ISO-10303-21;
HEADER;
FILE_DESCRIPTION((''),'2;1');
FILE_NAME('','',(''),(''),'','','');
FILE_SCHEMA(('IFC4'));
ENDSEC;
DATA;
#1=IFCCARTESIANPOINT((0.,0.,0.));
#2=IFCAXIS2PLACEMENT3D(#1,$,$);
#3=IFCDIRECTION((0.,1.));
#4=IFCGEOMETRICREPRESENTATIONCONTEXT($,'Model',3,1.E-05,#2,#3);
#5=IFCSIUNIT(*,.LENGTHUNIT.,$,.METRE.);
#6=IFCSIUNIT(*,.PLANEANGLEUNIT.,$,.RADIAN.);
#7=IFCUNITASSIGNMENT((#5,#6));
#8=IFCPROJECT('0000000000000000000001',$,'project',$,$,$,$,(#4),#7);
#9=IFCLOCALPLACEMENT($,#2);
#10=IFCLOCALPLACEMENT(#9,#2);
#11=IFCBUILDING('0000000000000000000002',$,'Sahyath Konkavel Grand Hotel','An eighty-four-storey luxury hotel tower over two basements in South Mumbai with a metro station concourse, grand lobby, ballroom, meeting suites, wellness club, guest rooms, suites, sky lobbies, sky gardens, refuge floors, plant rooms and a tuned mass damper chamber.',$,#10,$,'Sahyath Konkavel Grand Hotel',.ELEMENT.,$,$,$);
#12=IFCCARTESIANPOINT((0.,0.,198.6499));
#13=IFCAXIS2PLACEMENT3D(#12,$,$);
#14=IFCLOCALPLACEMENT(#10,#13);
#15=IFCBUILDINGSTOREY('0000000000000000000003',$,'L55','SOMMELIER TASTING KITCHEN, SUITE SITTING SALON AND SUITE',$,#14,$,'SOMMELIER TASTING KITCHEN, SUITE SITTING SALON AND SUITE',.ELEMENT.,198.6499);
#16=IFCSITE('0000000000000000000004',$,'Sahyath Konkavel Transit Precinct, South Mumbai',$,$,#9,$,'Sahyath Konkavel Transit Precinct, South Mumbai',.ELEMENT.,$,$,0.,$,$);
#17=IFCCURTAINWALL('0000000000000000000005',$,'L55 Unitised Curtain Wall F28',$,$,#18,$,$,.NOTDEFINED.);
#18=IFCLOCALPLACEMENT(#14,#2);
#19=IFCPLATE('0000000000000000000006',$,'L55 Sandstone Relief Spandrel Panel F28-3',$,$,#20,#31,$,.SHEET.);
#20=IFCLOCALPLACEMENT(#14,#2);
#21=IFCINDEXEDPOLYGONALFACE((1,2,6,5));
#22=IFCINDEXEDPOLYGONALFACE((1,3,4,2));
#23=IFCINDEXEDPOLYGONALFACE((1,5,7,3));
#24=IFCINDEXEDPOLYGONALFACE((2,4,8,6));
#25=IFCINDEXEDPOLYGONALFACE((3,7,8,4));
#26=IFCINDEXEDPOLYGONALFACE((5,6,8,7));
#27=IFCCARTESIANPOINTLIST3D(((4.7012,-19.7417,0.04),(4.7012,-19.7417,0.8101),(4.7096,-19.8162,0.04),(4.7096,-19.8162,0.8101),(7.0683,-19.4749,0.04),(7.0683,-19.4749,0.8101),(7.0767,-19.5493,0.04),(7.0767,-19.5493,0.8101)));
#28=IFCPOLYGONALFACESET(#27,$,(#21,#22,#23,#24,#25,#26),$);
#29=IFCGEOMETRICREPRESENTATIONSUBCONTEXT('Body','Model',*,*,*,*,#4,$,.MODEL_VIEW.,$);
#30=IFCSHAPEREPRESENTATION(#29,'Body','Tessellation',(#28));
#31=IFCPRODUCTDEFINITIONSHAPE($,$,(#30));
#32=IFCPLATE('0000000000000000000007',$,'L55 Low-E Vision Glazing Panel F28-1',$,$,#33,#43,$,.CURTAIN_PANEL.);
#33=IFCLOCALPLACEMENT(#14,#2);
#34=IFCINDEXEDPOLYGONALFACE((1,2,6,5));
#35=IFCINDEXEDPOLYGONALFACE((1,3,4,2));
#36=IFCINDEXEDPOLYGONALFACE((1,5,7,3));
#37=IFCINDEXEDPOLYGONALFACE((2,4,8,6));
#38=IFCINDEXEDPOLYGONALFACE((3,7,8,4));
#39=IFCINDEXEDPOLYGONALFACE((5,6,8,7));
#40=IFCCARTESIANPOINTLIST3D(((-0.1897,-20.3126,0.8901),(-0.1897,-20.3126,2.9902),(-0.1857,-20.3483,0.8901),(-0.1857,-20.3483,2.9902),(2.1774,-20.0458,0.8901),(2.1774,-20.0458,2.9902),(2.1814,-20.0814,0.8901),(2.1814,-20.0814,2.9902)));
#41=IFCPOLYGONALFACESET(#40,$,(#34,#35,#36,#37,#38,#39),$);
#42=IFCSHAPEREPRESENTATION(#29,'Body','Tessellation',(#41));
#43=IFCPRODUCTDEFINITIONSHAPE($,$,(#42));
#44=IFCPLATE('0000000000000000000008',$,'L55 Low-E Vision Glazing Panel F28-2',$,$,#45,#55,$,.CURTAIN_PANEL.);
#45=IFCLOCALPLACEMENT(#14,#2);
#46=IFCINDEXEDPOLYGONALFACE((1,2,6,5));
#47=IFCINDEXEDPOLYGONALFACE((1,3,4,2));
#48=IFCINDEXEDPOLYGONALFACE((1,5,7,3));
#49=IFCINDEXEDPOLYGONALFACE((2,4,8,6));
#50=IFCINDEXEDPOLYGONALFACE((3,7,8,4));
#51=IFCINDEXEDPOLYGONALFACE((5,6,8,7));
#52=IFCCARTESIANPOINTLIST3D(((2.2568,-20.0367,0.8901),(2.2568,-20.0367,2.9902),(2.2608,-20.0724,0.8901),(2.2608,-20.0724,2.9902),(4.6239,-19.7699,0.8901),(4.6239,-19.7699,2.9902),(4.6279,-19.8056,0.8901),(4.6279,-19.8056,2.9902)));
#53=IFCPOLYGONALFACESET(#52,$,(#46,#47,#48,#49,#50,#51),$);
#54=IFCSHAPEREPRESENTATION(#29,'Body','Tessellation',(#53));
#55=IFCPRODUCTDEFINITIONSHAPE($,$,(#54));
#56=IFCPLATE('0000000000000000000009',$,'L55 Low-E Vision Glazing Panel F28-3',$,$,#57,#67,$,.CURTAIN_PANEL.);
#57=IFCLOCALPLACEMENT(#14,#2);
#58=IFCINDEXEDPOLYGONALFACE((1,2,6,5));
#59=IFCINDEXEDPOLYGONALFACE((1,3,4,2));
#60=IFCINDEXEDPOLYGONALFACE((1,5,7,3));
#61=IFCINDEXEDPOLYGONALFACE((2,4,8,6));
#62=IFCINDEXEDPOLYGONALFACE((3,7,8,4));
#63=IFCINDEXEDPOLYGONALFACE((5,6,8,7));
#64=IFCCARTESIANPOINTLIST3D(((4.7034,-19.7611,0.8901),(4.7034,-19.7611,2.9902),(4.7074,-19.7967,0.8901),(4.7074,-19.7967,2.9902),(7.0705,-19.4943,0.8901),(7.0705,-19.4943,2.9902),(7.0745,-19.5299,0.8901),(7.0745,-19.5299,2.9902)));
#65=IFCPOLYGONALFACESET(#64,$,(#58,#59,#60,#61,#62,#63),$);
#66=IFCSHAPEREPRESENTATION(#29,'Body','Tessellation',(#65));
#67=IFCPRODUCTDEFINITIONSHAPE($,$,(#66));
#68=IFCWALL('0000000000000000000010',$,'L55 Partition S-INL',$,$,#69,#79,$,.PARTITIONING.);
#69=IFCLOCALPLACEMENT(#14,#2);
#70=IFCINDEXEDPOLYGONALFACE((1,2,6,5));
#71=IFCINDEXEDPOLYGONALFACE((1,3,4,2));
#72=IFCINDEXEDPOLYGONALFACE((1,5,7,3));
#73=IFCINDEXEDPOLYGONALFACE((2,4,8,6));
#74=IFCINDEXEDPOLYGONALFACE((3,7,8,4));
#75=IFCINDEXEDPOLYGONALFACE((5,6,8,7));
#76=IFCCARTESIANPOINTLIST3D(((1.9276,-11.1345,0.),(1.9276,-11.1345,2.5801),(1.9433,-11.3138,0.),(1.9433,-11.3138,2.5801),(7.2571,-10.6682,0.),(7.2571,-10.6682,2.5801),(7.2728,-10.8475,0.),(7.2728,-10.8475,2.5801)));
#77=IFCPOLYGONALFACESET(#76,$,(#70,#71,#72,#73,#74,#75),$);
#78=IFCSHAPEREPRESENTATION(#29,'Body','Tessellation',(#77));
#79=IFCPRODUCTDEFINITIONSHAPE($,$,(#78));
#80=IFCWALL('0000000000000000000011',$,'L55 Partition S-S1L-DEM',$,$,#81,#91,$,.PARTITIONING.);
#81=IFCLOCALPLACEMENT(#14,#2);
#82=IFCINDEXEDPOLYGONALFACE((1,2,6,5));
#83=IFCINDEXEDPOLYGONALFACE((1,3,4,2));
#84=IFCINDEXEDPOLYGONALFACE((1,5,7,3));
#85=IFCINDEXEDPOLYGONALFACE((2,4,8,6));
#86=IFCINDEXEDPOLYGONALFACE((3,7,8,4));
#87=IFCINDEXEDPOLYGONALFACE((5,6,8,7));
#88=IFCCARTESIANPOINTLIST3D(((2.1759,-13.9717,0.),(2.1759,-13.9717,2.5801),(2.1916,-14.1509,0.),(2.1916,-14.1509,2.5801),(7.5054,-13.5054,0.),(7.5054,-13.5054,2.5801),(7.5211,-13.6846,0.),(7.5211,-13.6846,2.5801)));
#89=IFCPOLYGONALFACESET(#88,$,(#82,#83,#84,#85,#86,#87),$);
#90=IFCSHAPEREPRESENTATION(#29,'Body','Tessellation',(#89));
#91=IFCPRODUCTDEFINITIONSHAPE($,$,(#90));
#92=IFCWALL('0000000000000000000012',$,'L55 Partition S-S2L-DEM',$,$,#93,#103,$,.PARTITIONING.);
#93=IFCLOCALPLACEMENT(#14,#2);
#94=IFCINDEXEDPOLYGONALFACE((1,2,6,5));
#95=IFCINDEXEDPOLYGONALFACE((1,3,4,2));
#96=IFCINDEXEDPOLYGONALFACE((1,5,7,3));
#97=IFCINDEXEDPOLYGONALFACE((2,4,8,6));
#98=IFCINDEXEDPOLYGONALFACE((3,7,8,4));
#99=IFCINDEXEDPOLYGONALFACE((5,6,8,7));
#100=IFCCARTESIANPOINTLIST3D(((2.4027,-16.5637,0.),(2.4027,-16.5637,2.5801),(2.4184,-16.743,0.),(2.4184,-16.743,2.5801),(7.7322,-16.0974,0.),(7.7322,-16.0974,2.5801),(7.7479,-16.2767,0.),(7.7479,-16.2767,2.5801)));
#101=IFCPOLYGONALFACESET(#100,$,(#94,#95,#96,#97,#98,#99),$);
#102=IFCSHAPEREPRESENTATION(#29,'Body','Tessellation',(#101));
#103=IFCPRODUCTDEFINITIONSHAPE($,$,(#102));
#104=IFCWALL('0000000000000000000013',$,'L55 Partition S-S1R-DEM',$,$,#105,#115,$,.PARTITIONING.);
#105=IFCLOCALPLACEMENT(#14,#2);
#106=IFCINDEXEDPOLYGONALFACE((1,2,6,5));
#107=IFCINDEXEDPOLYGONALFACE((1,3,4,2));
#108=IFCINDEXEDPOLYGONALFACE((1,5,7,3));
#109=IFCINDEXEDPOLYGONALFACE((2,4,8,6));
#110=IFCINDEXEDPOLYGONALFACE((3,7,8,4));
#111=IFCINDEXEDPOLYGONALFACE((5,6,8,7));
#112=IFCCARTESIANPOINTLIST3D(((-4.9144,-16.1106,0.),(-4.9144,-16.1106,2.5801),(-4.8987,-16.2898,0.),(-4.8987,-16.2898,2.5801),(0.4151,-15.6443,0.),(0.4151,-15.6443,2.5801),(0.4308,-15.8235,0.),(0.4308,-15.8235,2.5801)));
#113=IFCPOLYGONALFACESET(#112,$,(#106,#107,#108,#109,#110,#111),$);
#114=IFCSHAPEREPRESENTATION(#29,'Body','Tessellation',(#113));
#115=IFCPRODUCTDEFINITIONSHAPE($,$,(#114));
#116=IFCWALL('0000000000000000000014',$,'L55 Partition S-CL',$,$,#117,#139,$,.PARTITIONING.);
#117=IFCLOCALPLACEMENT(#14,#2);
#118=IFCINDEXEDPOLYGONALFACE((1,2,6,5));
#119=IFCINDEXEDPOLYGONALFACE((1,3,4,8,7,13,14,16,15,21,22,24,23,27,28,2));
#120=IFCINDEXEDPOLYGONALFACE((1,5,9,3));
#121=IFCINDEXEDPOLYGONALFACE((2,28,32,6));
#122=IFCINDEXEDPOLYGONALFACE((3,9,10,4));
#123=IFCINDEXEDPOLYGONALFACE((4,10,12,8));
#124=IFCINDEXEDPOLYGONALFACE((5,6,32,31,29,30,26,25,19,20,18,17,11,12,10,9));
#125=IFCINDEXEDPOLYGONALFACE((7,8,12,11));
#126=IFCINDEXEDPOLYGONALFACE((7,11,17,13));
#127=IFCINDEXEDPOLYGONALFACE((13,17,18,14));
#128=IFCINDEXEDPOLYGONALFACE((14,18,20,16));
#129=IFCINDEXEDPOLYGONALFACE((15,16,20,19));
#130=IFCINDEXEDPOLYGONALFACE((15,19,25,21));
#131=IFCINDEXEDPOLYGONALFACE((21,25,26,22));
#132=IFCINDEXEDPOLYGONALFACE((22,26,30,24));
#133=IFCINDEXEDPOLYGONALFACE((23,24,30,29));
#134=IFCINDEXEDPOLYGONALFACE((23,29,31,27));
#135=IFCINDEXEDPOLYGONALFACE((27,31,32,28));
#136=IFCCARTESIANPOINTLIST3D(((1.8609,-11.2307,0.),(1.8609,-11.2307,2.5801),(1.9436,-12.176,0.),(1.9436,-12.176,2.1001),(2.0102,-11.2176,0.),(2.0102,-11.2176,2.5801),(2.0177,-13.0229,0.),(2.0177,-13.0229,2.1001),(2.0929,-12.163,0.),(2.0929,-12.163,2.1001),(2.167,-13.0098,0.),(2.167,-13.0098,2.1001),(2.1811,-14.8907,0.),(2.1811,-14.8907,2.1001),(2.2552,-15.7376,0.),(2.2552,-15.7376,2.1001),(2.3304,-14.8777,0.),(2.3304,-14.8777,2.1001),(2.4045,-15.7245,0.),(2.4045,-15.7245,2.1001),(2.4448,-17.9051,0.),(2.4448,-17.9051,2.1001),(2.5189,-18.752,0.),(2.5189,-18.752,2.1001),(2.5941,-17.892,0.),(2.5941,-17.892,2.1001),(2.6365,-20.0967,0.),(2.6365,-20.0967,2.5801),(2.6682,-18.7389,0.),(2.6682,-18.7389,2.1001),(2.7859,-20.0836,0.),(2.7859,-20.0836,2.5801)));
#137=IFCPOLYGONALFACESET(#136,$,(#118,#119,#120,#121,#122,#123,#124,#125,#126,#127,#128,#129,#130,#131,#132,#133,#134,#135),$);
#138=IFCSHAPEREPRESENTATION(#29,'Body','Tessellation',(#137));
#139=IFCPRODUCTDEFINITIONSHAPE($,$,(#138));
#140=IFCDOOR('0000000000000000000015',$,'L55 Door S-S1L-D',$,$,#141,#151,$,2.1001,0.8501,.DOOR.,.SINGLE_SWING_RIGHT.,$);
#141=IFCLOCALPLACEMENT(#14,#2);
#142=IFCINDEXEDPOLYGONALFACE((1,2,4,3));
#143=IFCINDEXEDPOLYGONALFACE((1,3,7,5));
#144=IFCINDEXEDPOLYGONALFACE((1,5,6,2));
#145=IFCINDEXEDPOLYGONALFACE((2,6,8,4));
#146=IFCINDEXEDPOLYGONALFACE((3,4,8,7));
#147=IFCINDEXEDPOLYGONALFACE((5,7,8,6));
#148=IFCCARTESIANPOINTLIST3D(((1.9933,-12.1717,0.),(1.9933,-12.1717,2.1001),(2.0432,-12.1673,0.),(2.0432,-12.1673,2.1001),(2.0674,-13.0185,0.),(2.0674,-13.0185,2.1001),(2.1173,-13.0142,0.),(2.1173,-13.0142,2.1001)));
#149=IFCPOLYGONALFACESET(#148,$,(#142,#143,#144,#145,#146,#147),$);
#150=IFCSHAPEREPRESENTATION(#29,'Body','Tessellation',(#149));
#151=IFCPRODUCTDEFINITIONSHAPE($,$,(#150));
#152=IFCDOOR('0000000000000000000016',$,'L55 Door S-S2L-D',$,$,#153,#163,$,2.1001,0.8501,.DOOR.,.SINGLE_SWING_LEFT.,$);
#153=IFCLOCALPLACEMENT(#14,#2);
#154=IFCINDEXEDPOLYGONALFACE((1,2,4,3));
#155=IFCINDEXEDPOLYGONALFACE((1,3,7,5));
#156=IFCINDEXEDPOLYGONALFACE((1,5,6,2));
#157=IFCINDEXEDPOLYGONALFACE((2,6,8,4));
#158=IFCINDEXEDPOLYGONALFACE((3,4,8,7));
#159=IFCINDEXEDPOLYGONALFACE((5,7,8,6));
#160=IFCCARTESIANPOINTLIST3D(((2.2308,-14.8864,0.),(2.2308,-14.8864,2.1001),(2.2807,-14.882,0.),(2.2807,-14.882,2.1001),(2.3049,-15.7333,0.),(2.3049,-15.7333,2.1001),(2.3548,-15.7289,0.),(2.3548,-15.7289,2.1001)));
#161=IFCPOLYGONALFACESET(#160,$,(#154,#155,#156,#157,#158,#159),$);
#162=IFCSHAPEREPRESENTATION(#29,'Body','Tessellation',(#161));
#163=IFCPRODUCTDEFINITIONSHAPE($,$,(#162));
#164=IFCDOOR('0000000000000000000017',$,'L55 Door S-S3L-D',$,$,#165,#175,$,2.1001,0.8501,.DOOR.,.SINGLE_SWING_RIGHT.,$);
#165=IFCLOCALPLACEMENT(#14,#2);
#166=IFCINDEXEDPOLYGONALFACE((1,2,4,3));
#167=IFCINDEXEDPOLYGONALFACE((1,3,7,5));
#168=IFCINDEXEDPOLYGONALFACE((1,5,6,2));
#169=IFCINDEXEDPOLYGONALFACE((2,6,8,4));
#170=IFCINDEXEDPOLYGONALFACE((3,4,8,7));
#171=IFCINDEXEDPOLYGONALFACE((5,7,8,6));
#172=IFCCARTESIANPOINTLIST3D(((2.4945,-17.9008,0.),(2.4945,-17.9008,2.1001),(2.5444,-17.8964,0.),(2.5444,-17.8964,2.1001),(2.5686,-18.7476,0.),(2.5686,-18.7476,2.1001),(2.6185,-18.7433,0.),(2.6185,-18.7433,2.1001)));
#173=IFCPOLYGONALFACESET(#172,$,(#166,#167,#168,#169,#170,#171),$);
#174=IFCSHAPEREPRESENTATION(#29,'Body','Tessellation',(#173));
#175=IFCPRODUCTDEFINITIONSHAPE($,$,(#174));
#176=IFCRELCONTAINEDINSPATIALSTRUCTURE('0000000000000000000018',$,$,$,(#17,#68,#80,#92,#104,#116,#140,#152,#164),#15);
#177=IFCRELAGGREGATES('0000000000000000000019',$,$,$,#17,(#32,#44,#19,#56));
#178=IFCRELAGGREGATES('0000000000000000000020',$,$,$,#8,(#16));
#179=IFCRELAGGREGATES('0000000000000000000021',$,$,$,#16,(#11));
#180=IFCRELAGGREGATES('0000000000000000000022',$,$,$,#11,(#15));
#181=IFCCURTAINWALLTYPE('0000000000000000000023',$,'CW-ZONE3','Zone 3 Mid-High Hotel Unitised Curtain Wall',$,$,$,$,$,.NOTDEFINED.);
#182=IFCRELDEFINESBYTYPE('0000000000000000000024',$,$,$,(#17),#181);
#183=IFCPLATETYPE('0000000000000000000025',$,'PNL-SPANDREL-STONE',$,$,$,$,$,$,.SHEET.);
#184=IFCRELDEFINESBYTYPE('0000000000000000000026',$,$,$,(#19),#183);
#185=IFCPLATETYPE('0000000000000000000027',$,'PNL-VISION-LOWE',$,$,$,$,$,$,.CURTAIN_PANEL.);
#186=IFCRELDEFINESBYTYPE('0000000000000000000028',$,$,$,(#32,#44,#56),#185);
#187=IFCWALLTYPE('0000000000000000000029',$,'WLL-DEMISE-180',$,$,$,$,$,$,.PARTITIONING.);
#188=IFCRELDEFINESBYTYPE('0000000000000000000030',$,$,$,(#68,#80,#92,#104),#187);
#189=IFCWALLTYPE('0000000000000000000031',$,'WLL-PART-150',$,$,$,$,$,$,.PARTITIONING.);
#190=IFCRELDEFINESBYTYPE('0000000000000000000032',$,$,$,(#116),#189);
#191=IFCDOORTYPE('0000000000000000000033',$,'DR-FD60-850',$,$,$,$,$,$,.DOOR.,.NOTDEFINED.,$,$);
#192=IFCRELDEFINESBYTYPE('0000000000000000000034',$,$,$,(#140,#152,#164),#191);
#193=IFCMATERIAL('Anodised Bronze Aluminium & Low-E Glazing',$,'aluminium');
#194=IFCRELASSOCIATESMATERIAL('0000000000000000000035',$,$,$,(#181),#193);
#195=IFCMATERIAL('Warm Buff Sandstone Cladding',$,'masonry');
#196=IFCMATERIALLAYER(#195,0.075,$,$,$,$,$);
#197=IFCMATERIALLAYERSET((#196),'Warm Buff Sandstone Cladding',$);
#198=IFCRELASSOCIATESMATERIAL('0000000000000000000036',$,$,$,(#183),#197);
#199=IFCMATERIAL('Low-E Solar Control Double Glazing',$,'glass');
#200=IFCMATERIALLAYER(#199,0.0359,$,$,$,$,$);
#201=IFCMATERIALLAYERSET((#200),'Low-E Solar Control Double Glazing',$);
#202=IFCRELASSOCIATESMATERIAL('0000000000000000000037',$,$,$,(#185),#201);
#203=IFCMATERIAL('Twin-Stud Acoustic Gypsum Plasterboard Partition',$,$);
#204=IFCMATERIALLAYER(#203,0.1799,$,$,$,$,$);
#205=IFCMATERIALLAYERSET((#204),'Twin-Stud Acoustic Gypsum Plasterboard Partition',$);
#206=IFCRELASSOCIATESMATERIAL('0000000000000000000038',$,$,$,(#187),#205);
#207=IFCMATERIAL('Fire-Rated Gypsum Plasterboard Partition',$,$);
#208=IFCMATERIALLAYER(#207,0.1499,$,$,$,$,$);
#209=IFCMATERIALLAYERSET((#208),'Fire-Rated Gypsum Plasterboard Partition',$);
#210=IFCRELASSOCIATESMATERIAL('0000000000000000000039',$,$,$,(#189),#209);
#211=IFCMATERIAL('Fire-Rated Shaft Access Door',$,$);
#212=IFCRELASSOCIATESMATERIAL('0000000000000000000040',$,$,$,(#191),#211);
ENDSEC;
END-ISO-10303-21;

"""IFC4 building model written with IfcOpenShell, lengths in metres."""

from ifc_helpers import new_model, si_unit, direction, frame, frame_2d, origin, origin_2d, place, context, subcontext, project, spatial, rectangle, extrude, source, transform, mapped, material, layer, layer_set, type_object, element, fill, aggregate, save


model = new_model("IFC4")

# Units and contexts
model_context = context("Model", 3, precision=1e-05, world=origin(), true_north=direction((0.0, 1.0)))
body_context = subcontext(model_context, "Body", "Model", "MODEL_VIEW")
ifc_project = project(units=[si_unit("LENGTHUNIT", "METRE"), si_unit("PLANEANGLEUNIT", "RADIAN")], contexts=[model_context])

# Site, building, storey
site_placement = place(None, origin())
site = spatial("IfcSite", under=ifc_project, at=site_placement, Name="Sahyath Konkavel Transit Precinct, South Mumbai", LongName="Sahyath Konkavel Transit Precinct, South Mumbai", CompositionType="ELEMENT", RefElevation=0.0)
building_placement = place(site_placement, origin())
building = spatial("IfcBuilding", under=site, at=building_placement, Name="Sahyath Konkavel Grand Hotel", Description="An eighty-four-storey luxury hotel tower over two basements in South Mumbai with a metro station concourse, grand lobby, ballroom, meeting suites, wellness club, guest rooms, suites, sky lobbies, sky gardens, refuge floors, plant rooms and a tuned mass damper chamber.", LongName="Sahyath Konkavel Grand Hotel", CompositionType="ELEMENT")
storey_placement = place(building_placement, frame((0.0, 0.0, 198.6499)))
storey = spatial("IfcBuildingStorey", under=building, at=storey_placement, Name="L55", Description="SOMMELIER TASTING KITCHEN, SUITE SITTING SALON AND SUITE", LongName="SOMMELIER TASTING KITCHEN, SUITE SITTING SALON AND SUITE", CompositionType="ELEMENT", Elevation=198.6499)

# Curtain wall
ifc_material_1 = material(Name="Anodised Bronze Aluminium & Low-E Glazing", Category="aluminium")
curtain_wall_type = type_object("IfcCurtainWallType", Name="CW-ZONE3", Description="Zone 3 Mid-High Hotel Unitised Curtain Wall", PredefinedType="NOTDEFINED", material=ifc_material_1)
curtain_wall_placement = place(storey_placement, origin())
curtain_wall = element("IfcCurtainWall", 1, at=curtain_wall_placement, inside=storey, type_object=curtain_wall_type, Name="L55 Unitised Curtain Wall F28", PredefinedType="NOTDEFINED")

# Plates
ifc_material_2 = material(Name="Warm Buff Sandstone Cladding", Category="masonry")
ifc_layer_1 = layer(ifc_material_2, 0.075)
ifc_layer_set_1 = layer_set([ifc_layer_1], Name="Warm Buff Sandstone Cladding")
plate_type_1 = type_object("IfcPlateType", Name="PNL-SPANDREL-STONE", PredefinedType="SHEET", material=ifc_layer_set_1)
shared_shape_1 = source(origin(), body_context, "Body", "SweptSolid", [
    extrude(rectangle(XDim=2.3821, YDim=0.075, at=origin_2d()), origin(), (0.0, 0.0, 1.0), 0.77),
])
plate_1_placement = place(storey_placement, frame((5.8889, -19.6455, 0.04), z_axis=(0.0, 0.0, 1.0), x_axis=(0.993707, 0.112007, 0.0)))
plate_1 = element("IfcPlate", 2, at=plate_1_placement, type_object=plate_type_1, Name="L55 Sandstone Relief Spandrel Panel F28-3", PredefinedType="SHEET", context=body_context, shape_type="MappedRepresentation", body=[
    mapped(shared_shape_1, transform((0.0, 0.0, 0.0), scale=1.0)),
])
ifc_material_3 = material(Name="Low-E Solar Control Double Glazing", Category="glass")
ifc_layer_2 = layer(ifc_material_3, 0.0359)
ifc_layer_set_2 = layer_set([ifc_layer_2], Name="Low-E Solar Control Double Glazing")
plate_type_2 = type_object("IfcPlateType", Name="PNL-VISION-LOWE", PredefinedType="CURTAIN_PANEL", material=ifc_layer_set_2)
shared_shape_2 = source(origin(), body_context, "Body", "SweptSolid", [
    extrude(rectangle(XDim=2.3821, YDim=0.0359, at=origin_2d()), origin(), (0.0, 0.0, 1.0), 2.1001),
])
plate_2_placement = place(storey_placement, frame((0.9958, -20.197, 0.8901), z_axis=(0.0, 0.0, 1.0), x_axis=(0.993707, 0.112007, 0.0)))
plate_2 = element("IfcPlate", 3, at=plate_2_placement, type_object=plate_type_2, Name="L55 Low-E Vision Glazing Panel F28-1", PredefinedType="CURTAIN_PANEL", context=body_context, shape_type="MappedRepresentation", body=[
    mapped(shared_shape_2, transform((0.0, 0.0, 0.0), scale=1.0)),
])
plate_3_placement = place(storey_placement, frame((3.4424, -19.9211, 0.8901), z_axis=(0.0, 0.0, 1.0), x_axis=(0.993707, 0.112007, 0.0)))
plate_3 = element("IfcPlate", 4, at=plate_3_placement, type_object=plate_type_2, Name="L55 Low-E Vision Glazing Panel F28-2", PredefinedType="CURTAIN_PANEL", context=body_context, shape_type="MappedRepresentation", body=[
    mapped(shared_shape_2, transform((0.0, 0.0, 0.0), scale=1.0)),
])
plate_4_placement = place(storey_placement, frame((5.8889, -19.6455, 0.8901), z_axis=(0.0, 0.0, 1.0), x_axis=(0.993707, 0.112007, 0.0)))
plate_4 = element("IfcPlate", 5, at=plate_4_placement, type_object=plate_type_2, Name="L55 Low-E Vision Glazing Panel F28-3", PredefinedType="CURTAIN_PANEL", context=body_context, shape_type="MappedRepresentation", body=[
    mapped(shared_shape_2, transform((0.0, 0.0, 0.0), scale=1.0)),
])
aggregate(curtain_wall, [plate_2, plate_3, plate_1, plate_4])

# Walls
ifc_material_4 = material(Name="Twin-Stud Acoustic Gypsum Plasterboard Partition")
ifc_layer_3 = layer(ifc_material_4, 0.1799)
ifc_layer_set_3 = layer_set([ifc_layer_3], Name="Twin-Stud Acoustic Gypsum Plasterboard Partition")
wall_type_1 = type_object("IfcWallType", Name="WLL-DEMISE-180", PredefinedType="PARTITIONING", material=ifc_layer_set_3)
for number, where, z_axis, x_axis, name in (
    (6, (1.9355, -11.2241, 0.0), (0.0, 0.0, 1.0), (0.996194, 0.087161, 0.0), "L55 Partition S-INL"),
    (7, (2.1838, -14.0613, 0.0), (0.0, 0.0, 1.0), (0.996194, 0.087161, 0.0), "L55 Partition S-S1L-DEM"),
    (8, (2.4106, -16.6533, 0.0), (0.0, 0.0, 1.0), (0.996194, 0.087161, 0.0), "L55 Partition S-S2L-DEM"),
    (9, (0.4229, -15.7339, 0.0), (0.0, 0.0, 1.0), (-0.996194, -0.087161, 0.0), "L55 Partition S-S1R-DEM"),
):
    element("IfcWall", number, at=place(storey_placement, frame(where, z_axis=z_axis, x_axis=x_axis)), inside=storey, type_object=wall_type_1, Name=name, PredefinedType="PARTITIONING", context=body_context, shape_type="SweptSolid", body=[
        extrude(rectangle(XDim=5.3499, YDim=0.1799, at=frame_2d((2.6748, 0.0))), origin(), (0.0, 0.0, 1.0), 2.5801),
    ])

# Wall, openings, doors
ifc_material_5 = material(Name="Fire-Rated Gypsum Plasterboard Partition")
ifc_layer_4 = layer(ifc_material_5, 0.1499)
ifc_layer_set_4 = layer_set([ifc_layer_4], Name="Fire-Rated Gypsum Plasterboard Partition")
wall_type_2 = type_object("IfcWallType", Name="WLL-PART-150", PredefinedType="PARTITIONING", material=ifc_layer_set_4)
wall_1_placement = place(storey_placement, frame((1.9355, -11.2241, 0.0), z_axis=(0.0, 0.0, 1.0), x_axis=(0.087152, -0.996195, 0.0)))
wall_1 = element("IfcWall", 10, at=wall_1_placement, inside=storey, type_object=wall_type_2, Name="L55 Partition S-CL", PredefinedType="PARTITIONING", context=body_context, shape_type="SweptSolid", body=[
    extrude(rectangle(XDim=8.8999, YDim=0.1499, at=frame_2d((4.45, 0.0))), origin(), (0.0, 0.0, 1.0), 2.5801),
])
opening_1_placement = place(wall_1_placement, frame((0.949, 0.0, 0.0)))
opening_1 = element("IfcOpeningElement", 11, at=opening_1_placement, cuts=wall_1, PredefinedType="OPENING", context=body_context, shape_type="SweptSolid", body=[
    extrude(rectangle(XDim=0.8501, YDim=2.1001, at=frame_2d((0.425, 1.05))), frame((0.0, 0.085, 0.0), z_axis=(0.0, -1.0, 0.0), x_axis=(1.0, 0.0, 0.0)), (0.0, 0.0, 1.0), 0.1699),
])
opening_2_placement = place(wall_1_placement, frame((3.6741, 0.0, 0.0)))
opening_2 = element("IfcOpeningElement", 12, at=opening_2_placement, cuts=wall_1, PredefinedType="OPENING", context=body_context, shape_type="SweptSolid", body=[
    extrude(rectangle(XDim=0.8501, YDim=2.1001, at=frame_2d((0.425, 1.05))), frame((0.0, 0.085, 0.0), z_axis=(0.0, -1.0, 0.0), x_axis=(1.0, 0.0, 0.0)), (0.0, 0.0, 1.0), 0.1699),
])
opening_3_placement = place(wall_1_placement, frame((6.7, 0.0, 0.0)))
opening_3 = element("IfcOpeningElement", 13, at=opening_3_placement, cuts=wall_1, PredefinedType="OPENING", context=body_context, shape_type="SweptSolid", body=[
    extrude(rectangle(XDim=0.8501, YDim=2.1001, at=frame_2d((0.425, 1.05))), frame((0.0, 0.085, 0.0), z_axis=(0.0, -1.0, 0.0), x_axis=(1.0, 0.0, 0.0)), (0.0, 0.0, 1.0), 0.1699),
])
ifc_material_6 = material(Name="Fire-Rated Shaft Access Door")
door_type_1 = type_object("IfcDoorType", Name="DR-FD60-850", OperationType="NOTDEFINED", PredefinedType="DOOR", material=ifc_material_6)
shared_shape_3 = source(origin(), body_context, "Body", "SweptSolid", [
    extrude(rectangle(XDim=0.8501, YDim=0.05, at=origin_2d()), origin(), (0.0, 0.0, 1.0), 2.1001),
])
door_1_placement = place(opening_1_placement, frame((0.425, 0.0, 0.0)))
door_1 = element("IfcDoor", 14, at=door_1_placement, inside=storey, type_object=door_type_1, Name="L55 Door S-S1L-D", OperationType="SINGLE_SWING_RIGHT", OverallHeight=2.1001, OverallWidth=0.8501, PredefinedType="DOOR", context=body_context, shape_type="MappedRepresentation", body=[
    mapped(shared_shape_3, transform((0.0, 0.0, 0.0), scale=1.0)),
])
fill(opening_1, door_1)
door_2_placement = place(opening_2_placement, frame((0.425, 0.0, 0.0)))
door_2 = element("IfcDoor", 15, at=door_2_placement, inside=storey, type_object=door_type_1, Name="L55 Door S-S2L-D", OperationType="SINGLE_SWING_LEFT", OverallHeight=2.1001, OverallWidth=0.8501, PredefinedType="DOOR", context=body_context, shape_type="MappedRepresentation", body=[
    mapped(shared_shape_3, transform((0.0, 0.0, 0.0), scale=1.0)),
])
fill(opening_2, door_2)
door_3_placement = place(opening_3_placement, frame((0.425, 0.0, 0.0)))
door_3 = element("IfcDoor", 16, at=door_3_placement, inside=storey, type_object=door_type_1, Name="L55 Door S-S3L-D", OperationType="SINGLE_SWING_RIGHT", OverallHeight=2.1001, OverallWidth=0.8501, PredefinedType="DOOR", context=body_context, shape_type="MappedRepresentation", body=[
    mapped(shared_shape_3, transform((0.0, 0.0, 0.0), scale=1.0)),
])
fill(opening_3, door_3)

save(model, "model.ifc")
